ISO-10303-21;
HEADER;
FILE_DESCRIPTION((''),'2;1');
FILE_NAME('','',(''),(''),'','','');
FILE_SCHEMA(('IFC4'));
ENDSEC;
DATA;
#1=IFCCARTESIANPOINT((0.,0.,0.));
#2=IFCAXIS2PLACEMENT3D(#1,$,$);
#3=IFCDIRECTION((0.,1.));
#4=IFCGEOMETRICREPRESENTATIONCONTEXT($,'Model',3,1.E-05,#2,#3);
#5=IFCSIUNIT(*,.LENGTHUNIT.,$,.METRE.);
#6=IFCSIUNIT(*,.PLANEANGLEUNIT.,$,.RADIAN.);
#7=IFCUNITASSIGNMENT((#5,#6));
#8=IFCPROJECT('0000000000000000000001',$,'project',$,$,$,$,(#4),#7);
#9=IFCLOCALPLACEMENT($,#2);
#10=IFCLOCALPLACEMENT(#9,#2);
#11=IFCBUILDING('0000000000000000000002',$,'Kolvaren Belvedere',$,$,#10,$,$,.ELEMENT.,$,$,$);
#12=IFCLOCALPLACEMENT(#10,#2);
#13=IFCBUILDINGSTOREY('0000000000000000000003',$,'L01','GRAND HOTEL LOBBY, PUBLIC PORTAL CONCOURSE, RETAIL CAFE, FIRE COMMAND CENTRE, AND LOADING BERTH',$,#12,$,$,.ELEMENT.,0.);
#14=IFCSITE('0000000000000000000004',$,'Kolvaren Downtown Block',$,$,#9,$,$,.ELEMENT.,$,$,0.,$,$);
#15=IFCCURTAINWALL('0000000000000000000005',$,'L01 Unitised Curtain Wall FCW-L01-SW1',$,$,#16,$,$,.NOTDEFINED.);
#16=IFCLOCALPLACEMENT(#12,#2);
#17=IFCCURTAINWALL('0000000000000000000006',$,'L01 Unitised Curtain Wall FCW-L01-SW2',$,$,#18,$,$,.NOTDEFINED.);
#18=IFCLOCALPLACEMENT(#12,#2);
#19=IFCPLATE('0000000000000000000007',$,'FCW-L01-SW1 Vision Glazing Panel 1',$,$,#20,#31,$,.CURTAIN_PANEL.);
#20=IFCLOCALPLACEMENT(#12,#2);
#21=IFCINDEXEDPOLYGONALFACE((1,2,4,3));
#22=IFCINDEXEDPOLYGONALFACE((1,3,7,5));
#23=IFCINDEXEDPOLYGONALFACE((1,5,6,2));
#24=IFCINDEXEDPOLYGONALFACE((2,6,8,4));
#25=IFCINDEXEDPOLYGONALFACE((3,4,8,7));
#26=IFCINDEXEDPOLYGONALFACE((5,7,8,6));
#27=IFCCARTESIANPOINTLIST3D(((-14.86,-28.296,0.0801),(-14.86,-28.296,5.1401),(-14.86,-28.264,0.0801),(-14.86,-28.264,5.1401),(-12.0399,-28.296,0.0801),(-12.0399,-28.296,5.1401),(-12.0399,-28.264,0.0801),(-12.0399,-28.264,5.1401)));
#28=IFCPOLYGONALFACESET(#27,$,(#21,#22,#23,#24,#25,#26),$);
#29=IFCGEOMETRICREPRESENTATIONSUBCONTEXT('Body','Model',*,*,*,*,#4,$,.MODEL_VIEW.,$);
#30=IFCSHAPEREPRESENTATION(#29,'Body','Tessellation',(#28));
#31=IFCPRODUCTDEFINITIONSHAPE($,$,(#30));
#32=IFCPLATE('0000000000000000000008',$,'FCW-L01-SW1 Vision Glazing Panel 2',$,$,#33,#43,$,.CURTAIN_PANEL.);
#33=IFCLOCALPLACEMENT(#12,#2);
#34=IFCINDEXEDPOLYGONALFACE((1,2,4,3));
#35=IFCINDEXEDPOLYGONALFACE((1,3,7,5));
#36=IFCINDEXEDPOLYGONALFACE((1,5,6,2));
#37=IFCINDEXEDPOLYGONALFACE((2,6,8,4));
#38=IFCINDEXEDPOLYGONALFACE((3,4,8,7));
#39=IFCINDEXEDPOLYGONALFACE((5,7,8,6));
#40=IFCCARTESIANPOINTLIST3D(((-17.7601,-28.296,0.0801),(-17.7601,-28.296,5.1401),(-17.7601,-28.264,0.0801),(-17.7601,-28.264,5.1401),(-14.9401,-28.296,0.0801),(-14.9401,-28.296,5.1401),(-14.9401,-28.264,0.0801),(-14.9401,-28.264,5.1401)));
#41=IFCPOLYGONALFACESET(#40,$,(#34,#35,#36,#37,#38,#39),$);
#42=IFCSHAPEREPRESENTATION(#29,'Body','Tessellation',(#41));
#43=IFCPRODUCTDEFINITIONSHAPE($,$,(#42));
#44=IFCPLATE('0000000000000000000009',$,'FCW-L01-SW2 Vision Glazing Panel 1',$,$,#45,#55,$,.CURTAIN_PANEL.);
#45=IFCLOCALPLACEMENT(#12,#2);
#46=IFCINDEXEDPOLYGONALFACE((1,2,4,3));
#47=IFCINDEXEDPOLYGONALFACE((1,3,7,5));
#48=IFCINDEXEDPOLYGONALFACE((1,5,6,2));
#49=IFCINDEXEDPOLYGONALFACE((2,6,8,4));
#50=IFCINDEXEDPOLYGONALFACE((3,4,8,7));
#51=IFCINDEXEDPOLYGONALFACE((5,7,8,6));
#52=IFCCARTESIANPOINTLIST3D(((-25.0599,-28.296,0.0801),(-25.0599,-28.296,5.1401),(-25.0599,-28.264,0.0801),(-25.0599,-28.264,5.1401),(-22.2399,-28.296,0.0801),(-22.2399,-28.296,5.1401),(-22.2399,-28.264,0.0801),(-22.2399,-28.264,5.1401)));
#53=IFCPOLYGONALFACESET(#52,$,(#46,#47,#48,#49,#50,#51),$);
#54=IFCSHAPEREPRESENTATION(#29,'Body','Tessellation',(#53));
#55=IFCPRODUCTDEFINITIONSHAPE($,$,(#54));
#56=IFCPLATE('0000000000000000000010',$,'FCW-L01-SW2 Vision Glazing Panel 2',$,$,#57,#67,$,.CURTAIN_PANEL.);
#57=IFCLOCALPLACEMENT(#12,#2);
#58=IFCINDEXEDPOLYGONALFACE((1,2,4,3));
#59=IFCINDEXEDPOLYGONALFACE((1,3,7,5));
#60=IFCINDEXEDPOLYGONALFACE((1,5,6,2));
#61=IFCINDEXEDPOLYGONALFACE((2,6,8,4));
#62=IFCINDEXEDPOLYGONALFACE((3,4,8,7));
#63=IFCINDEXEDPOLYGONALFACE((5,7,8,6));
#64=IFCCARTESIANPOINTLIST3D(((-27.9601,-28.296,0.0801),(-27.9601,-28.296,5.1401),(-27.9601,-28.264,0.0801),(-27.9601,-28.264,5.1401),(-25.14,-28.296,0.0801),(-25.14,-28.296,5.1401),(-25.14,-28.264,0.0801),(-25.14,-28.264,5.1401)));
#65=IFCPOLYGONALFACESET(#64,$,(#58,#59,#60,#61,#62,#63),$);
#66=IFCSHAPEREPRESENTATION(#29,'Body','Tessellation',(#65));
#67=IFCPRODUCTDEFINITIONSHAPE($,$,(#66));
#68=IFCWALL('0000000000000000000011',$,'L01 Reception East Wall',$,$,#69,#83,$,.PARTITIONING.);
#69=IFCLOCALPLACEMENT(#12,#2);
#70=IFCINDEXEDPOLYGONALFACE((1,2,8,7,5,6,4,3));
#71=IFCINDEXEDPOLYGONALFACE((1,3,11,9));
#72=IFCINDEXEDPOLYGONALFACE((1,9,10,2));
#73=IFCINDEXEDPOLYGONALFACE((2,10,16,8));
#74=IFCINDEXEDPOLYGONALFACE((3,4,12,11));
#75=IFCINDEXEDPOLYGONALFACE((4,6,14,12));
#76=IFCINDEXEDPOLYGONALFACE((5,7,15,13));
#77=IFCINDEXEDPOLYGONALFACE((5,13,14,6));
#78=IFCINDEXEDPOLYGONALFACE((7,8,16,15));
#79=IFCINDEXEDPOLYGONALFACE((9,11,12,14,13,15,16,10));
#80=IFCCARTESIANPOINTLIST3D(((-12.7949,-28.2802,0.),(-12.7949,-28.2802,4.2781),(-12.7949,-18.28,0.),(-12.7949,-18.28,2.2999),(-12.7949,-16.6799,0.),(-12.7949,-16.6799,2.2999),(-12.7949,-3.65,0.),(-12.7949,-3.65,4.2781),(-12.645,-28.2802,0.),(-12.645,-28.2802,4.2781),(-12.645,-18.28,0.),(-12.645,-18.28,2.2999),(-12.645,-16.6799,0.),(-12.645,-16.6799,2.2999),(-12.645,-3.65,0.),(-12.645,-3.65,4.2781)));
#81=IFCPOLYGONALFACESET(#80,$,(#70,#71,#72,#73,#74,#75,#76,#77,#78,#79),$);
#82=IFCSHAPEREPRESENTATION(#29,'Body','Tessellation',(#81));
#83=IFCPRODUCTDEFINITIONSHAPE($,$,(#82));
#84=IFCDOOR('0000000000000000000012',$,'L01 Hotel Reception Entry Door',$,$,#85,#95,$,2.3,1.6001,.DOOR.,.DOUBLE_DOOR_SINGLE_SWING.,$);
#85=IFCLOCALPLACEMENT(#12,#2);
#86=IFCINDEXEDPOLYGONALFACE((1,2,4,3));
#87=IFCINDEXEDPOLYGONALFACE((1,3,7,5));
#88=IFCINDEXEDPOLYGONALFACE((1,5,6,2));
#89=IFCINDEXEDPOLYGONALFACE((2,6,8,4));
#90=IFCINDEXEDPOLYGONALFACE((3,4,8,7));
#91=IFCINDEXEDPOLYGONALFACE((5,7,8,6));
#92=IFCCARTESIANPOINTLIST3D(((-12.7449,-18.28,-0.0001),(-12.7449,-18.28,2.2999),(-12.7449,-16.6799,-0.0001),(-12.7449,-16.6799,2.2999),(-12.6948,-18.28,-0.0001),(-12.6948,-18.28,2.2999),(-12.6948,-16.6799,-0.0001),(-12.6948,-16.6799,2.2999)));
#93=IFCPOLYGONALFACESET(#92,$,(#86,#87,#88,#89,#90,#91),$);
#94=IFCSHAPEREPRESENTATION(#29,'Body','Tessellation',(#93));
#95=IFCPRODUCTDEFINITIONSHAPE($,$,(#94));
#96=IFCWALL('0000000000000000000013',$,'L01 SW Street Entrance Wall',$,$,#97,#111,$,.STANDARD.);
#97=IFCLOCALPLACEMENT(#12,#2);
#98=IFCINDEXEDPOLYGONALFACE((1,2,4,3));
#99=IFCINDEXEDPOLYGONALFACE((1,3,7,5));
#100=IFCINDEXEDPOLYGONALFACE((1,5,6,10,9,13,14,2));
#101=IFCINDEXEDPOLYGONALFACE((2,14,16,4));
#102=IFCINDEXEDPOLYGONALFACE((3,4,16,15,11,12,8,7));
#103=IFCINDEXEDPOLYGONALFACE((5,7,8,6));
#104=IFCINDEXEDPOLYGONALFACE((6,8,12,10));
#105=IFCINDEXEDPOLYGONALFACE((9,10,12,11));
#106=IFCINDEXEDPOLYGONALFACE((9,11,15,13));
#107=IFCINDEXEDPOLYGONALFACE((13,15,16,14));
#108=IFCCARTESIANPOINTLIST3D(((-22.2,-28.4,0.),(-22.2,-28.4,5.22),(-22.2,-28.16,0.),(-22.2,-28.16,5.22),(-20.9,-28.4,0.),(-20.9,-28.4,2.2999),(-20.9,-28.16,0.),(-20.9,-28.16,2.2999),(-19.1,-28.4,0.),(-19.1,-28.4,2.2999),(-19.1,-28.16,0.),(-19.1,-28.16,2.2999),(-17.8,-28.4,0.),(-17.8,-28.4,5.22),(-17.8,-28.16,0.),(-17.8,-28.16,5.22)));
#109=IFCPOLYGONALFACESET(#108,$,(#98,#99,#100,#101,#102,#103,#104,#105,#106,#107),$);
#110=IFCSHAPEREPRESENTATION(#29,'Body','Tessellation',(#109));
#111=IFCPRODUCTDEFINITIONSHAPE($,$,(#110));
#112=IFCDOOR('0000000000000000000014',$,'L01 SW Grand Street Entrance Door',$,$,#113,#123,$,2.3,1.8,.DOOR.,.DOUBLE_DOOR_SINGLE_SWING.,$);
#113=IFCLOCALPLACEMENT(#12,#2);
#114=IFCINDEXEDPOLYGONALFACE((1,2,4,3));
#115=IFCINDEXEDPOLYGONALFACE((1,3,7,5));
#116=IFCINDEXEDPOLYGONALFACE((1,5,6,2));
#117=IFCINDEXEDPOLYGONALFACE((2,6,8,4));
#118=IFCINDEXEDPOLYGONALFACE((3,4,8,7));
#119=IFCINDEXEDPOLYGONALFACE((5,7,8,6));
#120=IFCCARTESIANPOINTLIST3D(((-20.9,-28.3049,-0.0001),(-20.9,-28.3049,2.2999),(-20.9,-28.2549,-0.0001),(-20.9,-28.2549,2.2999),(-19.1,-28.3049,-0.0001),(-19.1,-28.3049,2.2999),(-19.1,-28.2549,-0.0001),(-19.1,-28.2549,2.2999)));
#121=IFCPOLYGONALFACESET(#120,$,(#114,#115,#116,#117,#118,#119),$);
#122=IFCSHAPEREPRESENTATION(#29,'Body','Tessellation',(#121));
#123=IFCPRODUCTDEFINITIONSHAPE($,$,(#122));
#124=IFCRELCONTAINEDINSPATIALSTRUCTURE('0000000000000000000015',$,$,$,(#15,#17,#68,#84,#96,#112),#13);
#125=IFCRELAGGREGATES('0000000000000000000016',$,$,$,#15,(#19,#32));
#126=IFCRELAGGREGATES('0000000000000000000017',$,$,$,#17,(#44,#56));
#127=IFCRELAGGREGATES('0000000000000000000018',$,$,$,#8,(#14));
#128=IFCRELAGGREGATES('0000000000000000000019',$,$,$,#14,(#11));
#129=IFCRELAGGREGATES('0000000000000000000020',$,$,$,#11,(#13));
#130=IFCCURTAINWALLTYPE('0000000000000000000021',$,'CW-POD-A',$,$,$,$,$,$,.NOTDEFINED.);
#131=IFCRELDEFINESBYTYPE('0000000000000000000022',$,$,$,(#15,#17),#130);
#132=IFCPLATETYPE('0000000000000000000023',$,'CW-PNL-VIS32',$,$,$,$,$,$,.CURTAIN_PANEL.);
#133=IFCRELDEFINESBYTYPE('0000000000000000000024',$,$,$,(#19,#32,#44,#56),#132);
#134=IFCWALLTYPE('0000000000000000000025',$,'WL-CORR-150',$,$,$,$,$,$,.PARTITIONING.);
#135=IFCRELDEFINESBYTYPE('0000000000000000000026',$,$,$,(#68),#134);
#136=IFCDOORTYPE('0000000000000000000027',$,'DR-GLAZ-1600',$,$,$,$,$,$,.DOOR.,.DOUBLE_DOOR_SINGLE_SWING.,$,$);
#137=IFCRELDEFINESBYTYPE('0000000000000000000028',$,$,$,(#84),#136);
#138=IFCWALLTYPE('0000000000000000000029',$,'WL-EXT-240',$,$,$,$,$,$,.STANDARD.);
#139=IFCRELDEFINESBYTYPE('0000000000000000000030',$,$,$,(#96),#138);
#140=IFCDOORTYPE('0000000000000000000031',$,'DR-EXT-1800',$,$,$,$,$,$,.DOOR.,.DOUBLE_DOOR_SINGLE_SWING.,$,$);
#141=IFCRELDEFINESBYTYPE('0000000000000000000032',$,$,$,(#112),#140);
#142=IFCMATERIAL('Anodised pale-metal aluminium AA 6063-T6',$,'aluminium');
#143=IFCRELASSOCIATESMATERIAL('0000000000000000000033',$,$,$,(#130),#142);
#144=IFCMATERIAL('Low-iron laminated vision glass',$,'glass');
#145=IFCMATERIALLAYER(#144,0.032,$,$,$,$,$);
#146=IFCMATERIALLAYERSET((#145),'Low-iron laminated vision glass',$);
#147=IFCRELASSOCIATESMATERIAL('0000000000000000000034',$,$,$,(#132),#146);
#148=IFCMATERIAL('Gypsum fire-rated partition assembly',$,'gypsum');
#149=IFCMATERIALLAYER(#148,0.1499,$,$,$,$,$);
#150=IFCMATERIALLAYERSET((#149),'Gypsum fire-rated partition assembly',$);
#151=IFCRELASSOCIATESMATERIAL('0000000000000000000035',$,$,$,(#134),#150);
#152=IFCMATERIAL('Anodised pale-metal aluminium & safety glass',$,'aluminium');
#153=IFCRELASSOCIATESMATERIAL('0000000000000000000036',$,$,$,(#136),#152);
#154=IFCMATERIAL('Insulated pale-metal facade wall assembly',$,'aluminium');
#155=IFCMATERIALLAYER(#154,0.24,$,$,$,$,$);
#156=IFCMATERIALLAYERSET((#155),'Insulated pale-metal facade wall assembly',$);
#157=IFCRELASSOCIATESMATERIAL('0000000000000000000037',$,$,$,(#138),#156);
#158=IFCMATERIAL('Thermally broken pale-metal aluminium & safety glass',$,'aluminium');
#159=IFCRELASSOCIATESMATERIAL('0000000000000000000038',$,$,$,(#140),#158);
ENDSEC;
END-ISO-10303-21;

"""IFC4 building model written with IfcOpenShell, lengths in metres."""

from ifc_helpers import new_model, si_unit, direction, frame, frame_2d, origin, origin_2d, place, context, subcontext, project, spatial, rectangle, extrude, material, layer, layer_set, type_object, element, fill, aggregate, save


model = new_model("IFC4")

# Units and contexts
model_context = context("Model", 3, precision=1e-05, world=origin(), true_north=direction((0.0, 1.0)))
body_context = subcontext(model_context, "Body", "Model", "MODEL_VIEW")
ifc_project = project(units=[si_unit("LENGTHUNIT", "METRE"), si_unit("PLANEANGLEUNIT", "RADIAN")], contexts=[model_context])

# Site, building, storey
site_placement = place(None, origin())
site = spatial("IfcSite", under=ifc_project, at=site_placement, Name="Kolvaren Downtown Block", CompositionType="ELEMENT", RefElevation=0.0)
building_placement = place(site_placement, origin())
building = spatial("IfcBuilding", under=site, at=building_placement, Name="Kolvaren Belvedere", CompositionType="ELEMENT")
storey_placement = place(building_placement, origin())
storey = spatial("IfcBuildingStorey", under=building, at=storey_placement, Name="L01", Description="GRAND HOTEL LOBBY, PUBLIC PORTAL CONCOURSE, RETAIL CAFE, FIRE COMMAND CENTRE, AND LOADING BERTH", CompositionType="ELEMENT", Elevation=0.0)

# Curtain walls
ifc_material_1 = material(Name="Anodised pale-metal aluminium AA 6063-T6", Category="aluminium")
curtain_wall_type = type_object("IfcCurtainWallType", Name="CW-POD-A", PredefinedType="NOTDEFINED", material=ifc_material_1)
curtain_wall_1_placement = place(storey_placement, origin())
curtain_wall_1 = element("IfcCurtainWall", 1, at=curtain_wall_1_placement, inside=storey, type_object=curtain_wall_type, Name="L01 Unitised Curtain Wall FCW-L01-SW1", PredefinedType="NOTDEFINED")
curtain_wall_2_placement = place(storey_placement, origin())
curtain_wall_2 = element("IfcCurtainWall", 2, at=curtain_wall_2_placement, inside=storey, type_object=curtain_wall_type, Name="L01 Unitised Curtain Wall FCW-L01-SW2", PredefinedType="NOTDEFINED")

# Plates
ifc_material_2 = material(Name="Low-iron laminated vision glass", Category="glass")
ifc_layer_1 = layer(ifc_material_2, 0.032)
ifc_layer_set_1 = layer_set([ifc_layer_1], Name="Low-iron laminated vision glass")
plate_type = type_object("IfcPlateType", Name="CW-PNL-VIS32", PredefinedType="CURTAIN_PANEL", material=ifc_layer_set_1)
plate_1_placement = place(storey_placement, frame((-13.45, -28.28, 0.0801), z_axis=(0.0, 0.0, 1.0), x_axis=(-1.0, 0.0, 0.0)))
plate_1 = element("IfcPlate", 3, at=plate_1_placement, type_object=plate_type, Name="FCW-L01-SW1 Vision Glazing Panel 1", PredefinedType="CURTAIN_PANEL", context=body_context, shape_type="SweptSolid", body=[
    extrude(rectangle(XDim=2.8201, YDim=0.032, at=origin_2d()), origin(), (0.0, 0.0, 1.0), 5.0601),
])
plate_2_placement = place(storey_placement, frame((-16.3501, -28.28, 0.0801), z_axis=(0.0, 0.0, 1.0), x_axis=(-1.0, 0.0, 0.0)))
plate_2 = element("IfcPlate", 4, at=plate_2_placement, type_object=plate_type, Name="FCW-L01-SW1 Vision Glazing Panel 2", PredefinedType="CURTAIN_PANEL", context=body_context, shape_type="SweptSolid", body=[
    extrude(rectangle(XDim=2.8201, YDim=0.032, at=origin_2d()), origin(), (0.0, 0.0, 1.0), 5.0601),
])
aggregate(curtain_wall_1, [plate_1, plate_2])
plate_3_placement = place(storey_placement, frame((-23.6499, -28.28, 0.0801), z_axis=(0.0, 0.0, 1.0), x_axis=(-1.0, 0.0, 0.0)))
plate_3 = element("IfcPlate", 5, at=plate_3_placement, type_object=plate_type, Name="FCW-L01-SW2 Vision Glazing Panel 1", PredefinedType="CURTAIN_PANEL", context=body_context, shape_type="SweptSolid", body=[
    extrude(rectangle(XDim=2.8201, YDim=0.032, at=origin_2d()), origin(), (0.0, 0.0, 1.0), 5.0601),
])
plate_4_placement = place(storey_placement, frame((-26.55, -28.28, 0.0801), z_axis=(0.0, 0.0, 1.0), x_axis=(-1.0, 0.0, 0.0)))
plate_4 = element("IfcPlate", 6, at=plate_4_placement, type_object=plate_type, Name="FCW-L01-SW2 Vision Glazing Panel 2", PredefinedType="CURTAIN_PANEL", context=body_context, shape_type="SweptSolid", body=[
    extrude(rectangle(XDim=2.8201, YDim=0.032, at=origin_2d()), origin(), (0.0, 0.0, 1.0), 5.0601),
])
aggregate(curtain_wall_2, [plate_3, plate_4])

# Walls, openings, doors
ifc_material_3 = material(Name="Gypsum fire-rated partition assembly", Category="gypsum")
ifc_layer_2 = layer(ifc_material_3, 0.1499)
ifc_layer_set_2 = layer_set([ifc_layer_2], Name="Gypsum fire-rated partition assembly")
wall_type_1 = type_object("IfcWallType", Name="WL-CORR-150", PredefinedType="PARTITIONING", material=ifc_layer_set_2)
wall_1_placement = place(storey_placement, frame((-12.72, -28.28, 0.0), z_axis=(0.0, 0.0, 1.0), x_axis=(0.0, 1.0, 0.0)))
wall_1 = element("IfcWall", 7, at=wall_1_placement, inside=storey, type_object=wall_type_1, Name="L01 Reception East Wall", PredefinedType="PARTITIONING", context=body_context, shape_type="SweptSolid", body=[
    extrude(rectangle(XDim=24.6301, YDim=0.1499, at=frame_2d((12.3149, 0.0))), origin(), (0.0, 0.0, 1.0), 4.2781),
])
opening_1_placement = place(wall_1_placement, frame((10.0, 0.0, 0.0)))
opening_1 = element("IfcOpeningElement", 8, at=opening_1_placement, cuts=wall_1, PredefinedType="OPENING", context=body_context, shape_type="SweptSolid", body=[
    extrude(rectangle(XDim=1.6001, YDim=2.3, at=frame_2d((0.8, 1.1499))), frame((0.0, 0.085, 0.0), z_axis=(0.0, -1.0, 0.0), x_axis=(1.0, 0.0, 0.0)), (0.0, 0.0, 1.0), 0.1699),
])
ifc_material_4 = material(Name="Anodised pale-metal aluminium & safety glass", Category="aluminium")
door_type_1 = type_object("IfcDoorType", Name="DR-GLAZ-1600", OperationType="DOUBLE_DOOR_SINGLE_SWING", PredefinedType="DOOR", material=ifc_material_4)
door_1_placement = place(opening_1_placement, origin())
door_1 = element("IfcDoor", 9, at=door_1_placement, inside=storey, type_object=door_type_1, Name="L01 Hotel Reception Entry Door", OperationType="DOUBLE_DOOR_SINGLE_SWING", OverallHeight=2.3, OverallWidth=1.6001, PredefinedType="DOOR", context=body_context, shape_type="SweptSolid", body=[
    extrude(rectangle(XDim=1.6001, YDim=2.3, at=frame_2d((0.8, 1.1499))), frame((0.0, 0.0249, 0.0), z_axis=(0.0, -1.0, 0.0), x_axis=(1.0, 0.0, 0.0)), (0.0, 0.0, 1.0), 0.05),
])
fill(opening_1, door_1)
ifc_material_5 = material(Name="Insulated pale-metal facade wall assembly", Category="aluminium")
ifc_layer_3 = layer(ifc_material_5, 0.24)
ifc_layer_set_3 = layer_set([ifc_layer_3], Name="Insulated pale-metal facade wall assembly")
wall_type_2 = type_object("IfcWallType", Name="WL-EXT-240", PredefinedType="STANDARD", material=ifc_layer_set_3)
wall_2_placement = place(storey_placement, frame((-17.8, -28.28, 0.0), z_axis=(0.0, 0.0, 1.0), x_axis=(-1.0, 0.0, 0.0)))
wall_2 = element("IfcWall", 10, at=wall_2_placement, inside=storey, type_object=wall_type_2, Name="L01 SW Street Entrance Wall", PredefinedType="STANDARD", context=body_context, shape_type="SweptSolid", body=[
    extrude(rectangle(XDim=4.3999, YDim=0.24, at=frame_2d((2.2, 0.0))), origin(), (0.0, 0.0, 1.0), 5.22),
])
opening_2_placement = place(wall_2_placement, frame((1.3, 0.0, 0.0)))
opening_2 = element("IfcOpeningElement", 11, at=opening_2_placement, cuts=wall_2, PredefinedType="OPENING", context=body_context, shape_type="SweptSolid", body=[
    extrude(rectangle(XDim=1.8, YDim=2.3, at=frame_2d((0.8999, 1.1499))), frame((0.0, 0.1299, 0.0), z_axis=(0.0, -1.0, 0.0), x_axis=(1.0, 0.0, 0.0)), (0.0, 0.0, 1.0), 0.26),
])
ifc_material_6 = material(Name="Thermally broken pale-metal aluminium & safety glass", Category="aluminium")
door_type_2 = type_object("IfcDoorType", Name="DR-EXT-1800", OperationType="DOUBLE_DOOR_SINGLE_SWING", PredefinedType="DOOR", material=ifc_material_6)
door_2_placement = place(opening_2_placement, origin())
door_2 = element("IfcDoor", 12, at=door_2_placement, inside=storey, type_object=door_type_2, Name="L01 SW Grand Street Entrance Door", OperationType="DOUBLE_DOOR_SINGLE_SWING", OverallHeight=2.3, OverallWidth=1.8, PredefinedType="DOOR", context=body_context, shape_type="SweptSolid", body=[
    extrude(rectangle(XDim=1.8, YDim=2.3, at=frame_2d((0.8999, 1.1499))), frame((0.0, 0.0249, 0.0), z_axis=(0.0, -1.0, 0.0), x_axis=(1.0, 0.0, 0.0)), (0.0, 0.0, 1.0), 0.05),
])
fill(opening_2, door_2)

save(model, "model.ifc")
